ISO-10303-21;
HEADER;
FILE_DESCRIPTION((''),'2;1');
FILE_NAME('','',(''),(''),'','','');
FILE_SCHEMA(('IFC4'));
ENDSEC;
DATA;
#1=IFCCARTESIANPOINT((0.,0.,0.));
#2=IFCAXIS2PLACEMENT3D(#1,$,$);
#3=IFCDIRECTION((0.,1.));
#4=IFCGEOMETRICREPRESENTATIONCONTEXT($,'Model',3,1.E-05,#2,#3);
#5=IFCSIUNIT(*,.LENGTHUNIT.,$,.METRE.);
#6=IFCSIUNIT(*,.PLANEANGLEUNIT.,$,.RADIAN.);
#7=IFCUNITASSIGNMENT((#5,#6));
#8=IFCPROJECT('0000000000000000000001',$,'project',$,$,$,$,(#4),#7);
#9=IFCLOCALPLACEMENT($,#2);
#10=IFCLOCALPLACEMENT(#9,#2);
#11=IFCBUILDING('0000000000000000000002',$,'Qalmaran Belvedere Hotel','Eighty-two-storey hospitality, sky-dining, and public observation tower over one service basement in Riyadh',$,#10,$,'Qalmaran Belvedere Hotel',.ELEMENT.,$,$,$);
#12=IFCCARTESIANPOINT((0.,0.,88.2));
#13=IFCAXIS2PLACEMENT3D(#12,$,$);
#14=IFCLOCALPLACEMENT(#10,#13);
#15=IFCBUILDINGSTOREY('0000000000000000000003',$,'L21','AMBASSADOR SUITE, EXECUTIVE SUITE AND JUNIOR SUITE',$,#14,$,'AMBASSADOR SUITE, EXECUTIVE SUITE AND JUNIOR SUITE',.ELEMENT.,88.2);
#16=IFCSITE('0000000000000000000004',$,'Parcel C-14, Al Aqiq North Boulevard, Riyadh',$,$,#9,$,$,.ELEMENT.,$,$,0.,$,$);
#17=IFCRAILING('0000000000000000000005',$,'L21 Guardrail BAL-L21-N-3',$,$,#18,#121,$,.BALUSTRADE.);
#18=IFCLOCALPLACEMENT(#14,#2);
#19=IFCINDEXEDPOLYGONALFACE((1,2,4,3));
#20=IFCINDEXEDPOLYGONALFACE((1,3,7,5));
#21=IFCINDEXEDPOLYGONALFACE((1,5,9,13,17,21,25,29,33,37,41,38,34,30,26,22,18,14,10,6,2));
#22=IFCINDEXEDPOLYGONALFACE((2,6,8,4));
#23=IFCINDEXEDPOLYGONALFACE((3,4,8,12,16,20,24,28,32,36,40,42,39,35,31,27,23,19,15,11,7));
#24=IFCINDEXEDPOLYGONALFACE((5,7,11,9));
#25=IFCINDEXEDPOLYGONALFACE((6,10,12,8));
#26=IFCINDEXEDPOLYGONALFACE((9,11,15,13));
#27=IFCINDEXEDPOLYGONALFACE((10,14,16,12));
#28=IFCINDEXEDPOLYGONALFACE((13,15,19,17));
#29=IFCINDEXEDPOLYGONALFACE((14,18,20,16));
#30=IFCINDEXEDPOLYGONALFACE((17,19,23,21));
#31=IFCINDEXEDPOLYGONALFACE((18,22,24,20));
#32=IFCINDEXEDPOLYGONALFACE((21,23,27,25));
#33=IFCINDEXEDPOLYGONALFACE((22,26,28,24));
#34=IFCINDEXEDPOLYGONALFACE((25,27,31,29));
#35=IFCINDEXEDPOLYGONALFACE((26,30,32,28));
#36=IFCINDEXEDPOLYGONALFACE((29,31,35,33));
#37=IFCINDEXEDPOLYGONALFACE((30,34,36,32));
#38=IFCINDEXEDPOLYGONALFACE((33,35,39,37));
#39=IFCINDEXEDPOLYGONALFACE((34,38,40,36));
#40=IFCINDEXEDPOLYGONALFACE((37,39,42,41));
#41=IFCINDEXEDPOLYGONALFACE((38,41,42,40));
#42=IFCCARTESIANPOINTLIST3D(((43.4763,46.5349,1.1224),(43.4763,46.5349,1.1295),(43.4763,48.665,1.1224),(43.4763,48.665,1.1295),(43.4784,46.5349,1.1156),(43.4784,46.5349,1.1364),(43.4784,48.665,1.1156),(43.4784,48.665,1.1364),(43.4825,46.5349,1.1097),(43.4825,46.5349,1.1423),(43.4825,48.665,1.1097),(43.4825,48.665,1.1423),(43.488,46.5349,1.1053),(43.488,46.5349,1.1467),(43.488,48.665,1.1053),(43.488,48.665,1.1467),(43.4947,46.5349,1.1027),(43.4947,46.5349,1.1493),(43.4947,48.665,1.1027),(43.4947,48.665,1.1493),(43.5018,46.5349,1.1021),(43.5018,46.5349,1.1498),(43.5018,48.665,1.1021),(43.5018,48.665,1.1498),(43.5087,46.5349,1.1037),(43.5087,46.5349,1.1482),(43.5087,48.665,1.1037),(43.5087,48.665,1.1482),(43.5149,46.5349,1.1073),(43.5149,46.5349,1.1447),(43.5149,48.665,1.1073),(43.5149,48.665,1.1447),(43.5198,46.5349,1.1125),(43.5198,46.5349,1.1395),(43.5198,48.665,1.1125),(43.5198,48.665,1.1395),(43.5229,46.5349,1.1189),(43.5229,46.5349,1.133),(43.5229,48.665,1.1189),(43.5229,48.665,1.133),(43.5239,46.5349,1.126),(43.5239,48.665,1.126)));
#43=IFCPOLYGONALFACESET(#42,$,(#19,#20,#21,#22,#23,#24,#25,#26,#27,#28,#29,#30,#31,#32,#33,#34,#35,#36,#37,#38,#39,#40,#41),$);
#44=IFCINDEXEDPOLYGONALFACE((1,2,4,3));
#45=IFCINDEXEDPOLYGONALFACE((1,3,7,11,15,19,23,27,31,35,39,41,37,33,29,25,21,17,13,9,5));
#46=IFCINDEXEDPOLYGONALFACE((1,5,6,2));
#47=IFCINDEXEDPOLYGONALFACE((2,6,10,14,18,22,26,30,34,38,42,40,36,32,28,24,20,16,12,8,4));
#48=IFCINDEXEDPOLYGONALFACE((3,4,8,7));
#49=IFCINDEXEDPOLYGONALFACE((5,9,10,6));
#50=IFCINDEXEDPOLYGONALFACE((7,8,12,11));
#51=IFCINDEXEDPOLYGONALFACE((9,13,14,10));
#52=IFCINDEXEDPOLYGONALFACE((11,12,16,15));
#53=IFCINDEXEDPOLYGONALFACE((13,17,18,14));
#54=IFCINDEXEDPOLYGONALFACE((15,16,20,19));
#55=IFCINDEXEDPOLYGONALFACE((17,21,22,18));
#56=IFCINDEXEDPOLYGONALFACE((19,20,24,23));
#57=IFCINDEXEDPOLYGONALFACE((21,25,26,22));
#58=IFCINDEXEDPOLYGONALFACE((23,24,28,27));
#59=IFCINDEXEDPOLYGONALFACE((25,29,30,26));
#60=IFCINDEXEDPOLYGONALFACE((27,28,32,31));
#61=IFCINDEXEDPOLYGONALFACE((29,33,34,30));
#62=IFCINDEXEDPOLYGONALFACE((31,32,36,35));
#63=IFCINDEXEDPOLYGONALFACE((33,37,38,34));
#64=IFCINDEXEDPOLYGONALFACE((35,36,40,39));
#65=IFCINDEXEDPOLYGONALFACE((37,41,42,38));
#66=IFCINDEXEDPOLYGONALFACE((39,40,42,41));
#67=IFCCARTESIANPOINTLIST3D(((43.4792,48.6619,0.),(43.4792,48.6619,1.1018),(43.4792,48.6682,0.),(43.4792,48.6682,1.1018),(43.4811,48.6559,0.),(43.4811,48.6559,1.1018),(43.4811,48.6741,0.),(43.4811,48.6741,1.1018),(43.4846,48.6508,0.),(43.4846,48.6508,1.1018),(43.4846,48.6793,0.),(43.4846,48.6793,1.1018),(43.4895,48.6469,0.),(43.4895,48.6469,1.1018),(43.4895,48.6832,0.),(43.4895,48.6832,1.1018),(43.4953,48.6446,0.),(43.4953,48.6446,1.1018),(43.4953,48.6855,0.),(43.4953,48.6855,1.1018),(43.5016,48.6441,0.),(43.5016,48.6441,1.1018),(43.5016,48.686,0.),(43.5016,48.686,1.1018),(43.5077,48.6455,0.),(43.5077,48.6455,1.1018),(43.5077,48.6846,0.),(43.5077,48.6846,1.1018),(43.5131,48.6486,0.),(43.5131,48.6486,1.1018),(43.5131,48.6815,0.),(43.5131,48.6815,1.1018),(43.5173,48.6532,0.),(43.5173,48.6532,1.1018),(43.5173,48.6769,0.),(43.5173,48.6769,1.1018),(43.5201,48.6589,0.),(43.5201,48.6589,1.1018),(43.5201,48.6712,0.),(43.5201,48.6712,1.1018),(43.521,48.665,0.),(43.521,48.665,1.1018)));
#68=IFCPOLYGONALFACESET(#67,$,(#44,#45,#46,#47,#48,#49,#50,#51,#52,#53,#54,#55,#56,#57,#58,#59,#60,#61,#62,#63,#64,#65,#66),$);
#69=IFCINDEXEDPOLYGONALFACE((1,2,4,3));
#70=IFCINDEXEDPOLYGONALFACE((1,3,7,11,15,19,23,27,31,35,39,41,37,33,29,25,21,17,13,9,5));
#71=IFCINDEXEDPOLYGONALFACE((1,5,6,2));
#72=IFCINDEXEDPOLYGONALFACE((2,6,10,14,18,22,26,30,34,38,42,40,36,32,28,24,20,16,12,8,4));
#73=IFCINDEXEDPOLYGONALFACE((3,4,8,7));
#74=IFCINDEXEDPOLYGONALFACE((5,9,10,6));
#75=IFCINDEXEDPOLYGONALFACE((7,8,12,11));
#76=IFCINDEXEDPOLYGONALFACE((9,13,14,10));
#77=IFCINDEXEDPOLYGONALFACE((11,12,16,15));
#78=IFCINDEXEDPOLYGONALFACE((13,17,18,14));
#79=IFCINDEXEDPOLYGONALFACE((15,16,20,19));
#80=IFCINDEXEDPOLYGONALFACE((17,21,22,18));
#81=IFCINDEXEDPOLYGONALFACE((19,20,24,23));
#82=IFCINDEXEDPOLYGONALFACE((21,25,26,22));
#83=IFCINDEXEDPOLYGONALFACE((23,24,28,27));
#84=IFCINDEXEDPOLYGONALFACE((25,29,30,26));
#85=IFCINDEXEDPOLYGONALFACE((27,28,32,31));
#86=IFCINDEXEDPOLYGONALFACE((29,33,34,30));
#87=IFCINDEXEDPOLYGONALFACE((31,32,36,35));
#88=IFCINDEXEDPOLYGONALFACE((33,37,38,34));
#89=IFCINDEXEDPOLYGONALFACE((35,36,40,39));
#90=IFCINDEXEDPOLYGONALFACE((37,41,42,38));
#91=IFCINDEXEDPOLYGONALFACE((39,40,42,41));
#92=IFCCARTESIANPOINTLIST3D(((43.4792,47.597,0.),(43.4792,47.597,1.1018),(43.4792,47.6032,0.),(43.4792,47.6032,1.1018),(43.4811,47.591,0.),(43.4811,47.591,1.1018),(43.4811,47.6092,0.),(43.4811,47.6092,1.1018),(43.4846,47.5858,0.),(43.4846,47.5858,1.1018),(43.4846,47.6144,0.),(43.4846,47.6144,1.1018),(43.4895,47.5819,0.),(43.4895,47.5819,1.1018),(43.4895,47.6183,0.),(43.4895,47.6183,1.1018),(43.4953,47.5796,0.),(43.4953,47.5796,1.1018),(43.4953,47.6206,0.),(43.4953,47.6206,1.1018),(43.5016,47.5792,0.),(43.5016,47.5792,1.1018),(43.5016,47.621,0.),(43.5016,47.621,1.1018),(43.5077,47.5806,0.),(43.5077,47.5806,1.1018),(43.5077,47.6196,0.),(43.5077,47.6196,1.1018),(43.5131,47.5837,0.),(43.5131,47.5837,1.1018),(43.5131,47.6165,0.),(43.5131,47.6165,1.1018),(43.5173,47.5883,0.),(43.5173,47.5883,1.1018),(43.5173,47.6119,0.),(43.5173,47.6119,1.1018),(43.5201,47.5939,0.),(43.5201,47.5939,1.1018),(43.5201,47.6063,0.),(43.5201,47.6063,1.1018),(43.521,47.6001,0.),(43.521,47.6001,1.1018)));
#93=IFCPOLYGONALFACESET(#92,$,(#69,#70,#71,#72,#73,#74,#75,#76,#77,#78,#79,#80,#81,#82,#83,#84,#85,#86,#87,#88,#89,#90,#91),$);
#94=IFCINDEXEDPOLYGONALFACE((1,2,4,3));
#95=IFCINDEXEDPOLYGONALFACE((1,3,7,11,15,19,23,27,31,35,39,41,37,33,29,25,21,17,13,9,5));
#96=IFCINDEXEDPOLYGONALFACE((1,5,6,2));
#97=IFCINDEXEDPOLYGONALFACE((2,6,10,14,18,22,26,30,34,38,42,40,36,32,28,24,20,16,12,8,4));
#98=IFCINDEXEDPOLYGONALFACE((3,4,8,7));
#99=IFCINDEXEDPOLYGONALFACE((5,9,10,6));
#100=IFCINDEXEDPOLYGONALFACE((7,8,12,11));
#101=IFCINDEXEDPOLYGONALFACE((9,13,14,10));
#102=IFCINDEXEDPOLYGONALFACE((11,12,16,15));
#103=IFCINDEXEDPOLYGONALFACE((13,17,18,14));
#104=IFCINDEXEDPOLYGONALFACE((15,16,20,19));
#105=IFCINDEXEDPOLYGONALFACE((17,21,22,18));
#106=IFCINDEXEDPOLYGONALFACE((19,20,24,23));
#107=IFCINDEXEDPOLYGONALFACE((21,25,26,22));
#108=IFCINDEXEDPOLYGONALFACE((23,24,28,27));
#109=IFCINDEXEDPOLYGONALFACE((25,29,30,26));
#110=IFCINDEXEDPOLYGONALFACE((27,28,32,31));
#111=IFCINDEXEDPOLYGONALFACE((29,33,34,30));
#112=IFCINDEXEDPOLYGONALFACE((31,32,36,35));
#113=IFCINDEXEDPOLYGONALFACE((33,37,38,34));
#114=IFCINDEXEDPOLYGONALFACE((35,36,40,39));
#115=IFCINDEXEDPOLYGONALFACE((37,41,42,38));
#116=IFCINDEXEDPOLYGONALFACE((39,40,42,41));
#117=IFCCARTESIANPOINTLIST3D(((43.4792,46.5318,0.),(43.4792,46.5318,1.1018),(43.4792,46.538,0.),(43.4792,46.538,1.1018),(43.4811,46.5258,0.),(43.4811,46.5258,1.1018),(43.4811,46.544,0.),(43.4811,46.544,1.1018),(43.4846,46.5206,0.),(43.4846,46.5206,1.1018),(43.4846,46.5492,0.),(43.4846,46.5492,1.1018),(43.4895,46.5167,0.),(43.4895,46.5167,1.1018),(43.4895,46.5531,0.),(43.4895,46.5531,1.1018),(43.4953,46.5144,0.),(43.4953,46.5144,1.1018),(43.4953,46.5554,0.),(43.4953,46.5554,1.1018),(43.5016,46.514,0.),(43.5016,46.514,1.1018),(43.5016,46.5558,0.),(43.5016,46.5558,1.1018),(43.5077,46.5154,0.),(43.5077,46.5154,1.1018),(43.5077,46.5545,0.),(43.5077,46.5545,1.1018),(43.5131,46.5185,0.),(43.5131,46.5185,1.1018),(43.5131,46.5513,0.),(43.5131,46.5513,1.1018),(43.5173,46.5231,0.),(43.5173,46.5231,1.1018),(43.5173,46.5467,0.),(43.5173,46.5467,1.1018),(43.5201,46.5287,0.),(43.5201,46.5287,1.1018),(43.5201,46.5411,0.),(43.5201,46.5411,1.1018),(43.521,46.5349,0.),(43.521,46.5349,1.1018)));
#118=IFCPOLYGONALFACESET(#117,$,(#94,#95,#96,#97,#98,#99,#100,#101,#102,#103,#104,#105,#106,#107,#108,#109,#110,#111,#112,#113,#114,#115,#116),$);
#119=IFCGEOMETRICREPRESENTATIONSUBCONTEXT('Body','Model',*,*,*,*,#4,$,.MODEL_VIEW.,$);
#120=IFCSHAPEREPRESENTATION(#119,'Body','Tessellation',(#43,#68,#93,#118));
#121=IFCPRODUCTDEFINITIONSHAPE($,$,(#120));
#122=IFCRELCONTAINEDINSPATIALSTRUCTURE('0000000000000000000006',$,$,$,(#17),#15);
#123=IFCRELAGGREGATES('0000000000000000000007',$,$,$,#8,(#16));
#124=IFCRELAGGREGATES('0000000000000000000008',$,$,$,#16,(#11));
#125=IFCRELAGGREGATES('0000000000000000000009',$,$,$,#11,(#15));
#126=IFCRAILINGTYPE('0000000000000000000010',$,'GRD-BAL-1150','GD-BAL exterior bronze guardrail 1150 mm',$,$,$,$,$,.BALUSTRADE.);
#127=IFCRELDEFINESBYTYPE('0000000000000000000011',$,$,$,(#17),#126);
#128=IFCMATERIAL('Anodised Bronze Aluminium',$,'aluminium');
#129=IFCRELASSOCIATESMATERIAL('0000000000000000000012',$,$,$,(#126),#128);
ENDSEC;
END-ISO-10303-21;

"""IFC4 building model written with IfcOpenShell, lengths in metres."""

from ifc_helpers import new_model, si_unit, direction, frame, origin, origin_2d, place, context, subcontext, project, spatial, circle, extrude, material, type_object, element, save


model = new_model("IFC4")

# Units and contexts
model_context = context("Model", 3, precision=1e-05, world=origin(), true_north=direction((0.0, 1.0)))
body_context = subcontext(model_context, "Body", "Model", "MODEL_VIEW")
ifc_project = project(units=[si_unit("LENGTHUNIT", "METRE"), si_unit("PLANEANGLEUNIT", "RADIAN")], contexts=[model_context])

# Site, building, storey
site_placement = place(None, origin())
site = spatial("IfcSite", under=ifc_project, at=site_placement, Name="Parcel C-14, Al Aqiq North Boulevard, Riyadh", CompositionType="ELEMENT", RefElevation=0.0)
building_placement = place(site_placement, origin())
building = spatial("IfcBuilding", under=site, at=building_placement, Name="Qalmaran Belvedere Hotel", Description="Eighty-two-storey hospitality, sky-dining, and public observation tower over one service basement in Riyadh", LongName="Qalmaran Belvedere Hotel", CompositionType="ELEMENT")
storey_placement = place(building_placement, frame((0.0, 0.0, 88.2)))
storey = spatial("IfcBuildingStorey", under=building, at=storey_placement, Name="L21", Description="AMBASSADOR SUITE, EXECUTIVE SUITE AND JUNIOR SUITE", LongName="AMBASSADOR SUITE, EXECUTIVE SUITE AND JUNIOR SUITE", CompositionType="ELEMENT", Elevation=88.2)

# Shared definitions
ifc_material_1 = material(Name="Anodised Bronze Aluminium", Category="aluminium")

# Railing
railing_type = type_object("IfcRailingType", Name="GRD-BAL-1150", Description="GD-BAL exterior bronze guardrail 1150 mm", PredefinedType="BALUSTRADE", material=ifc_material_1)
railing_1_placement = place(storey_placement, frame((43.5, 48.665, 0.0)))
element("IfcRailing", 1, at=railing_1_placement, inside=storey, type_object=railing_type, Name="L21 Guardrail BAL-L21-N-3", PredefinedType="BALUSTRADE", context=body_context, shape_type="SweptSolid", body=[
    extrude(circle(Radius=0.0239, at=origin_2d()), frame((0.0, 0.0, 1.126), z_axis=(0.0, -1.0, 0.0), x_axis=(1.0, 0.0, 0.0)), (0.0, 0.0, 1.0), 2.1301),
    extrude(circle(Radius=0.021, at=origin_2d()), origin(), (0.0, 0.0, 1.0), 1.1018),
    extrude(circle(Radius=0.021, at=origin_2d()), frame((0.0, -1.0649, 0.0)), (0.0, 0.0, 1.0), 1.1018),
    extrude(circle(Radius=0.021, at=origin_2d()), frame((0.0, -2.1301, 0.0)), (0.0, 0.0, 1.0), 1.1018),
])

save(model, "model.ifc")
